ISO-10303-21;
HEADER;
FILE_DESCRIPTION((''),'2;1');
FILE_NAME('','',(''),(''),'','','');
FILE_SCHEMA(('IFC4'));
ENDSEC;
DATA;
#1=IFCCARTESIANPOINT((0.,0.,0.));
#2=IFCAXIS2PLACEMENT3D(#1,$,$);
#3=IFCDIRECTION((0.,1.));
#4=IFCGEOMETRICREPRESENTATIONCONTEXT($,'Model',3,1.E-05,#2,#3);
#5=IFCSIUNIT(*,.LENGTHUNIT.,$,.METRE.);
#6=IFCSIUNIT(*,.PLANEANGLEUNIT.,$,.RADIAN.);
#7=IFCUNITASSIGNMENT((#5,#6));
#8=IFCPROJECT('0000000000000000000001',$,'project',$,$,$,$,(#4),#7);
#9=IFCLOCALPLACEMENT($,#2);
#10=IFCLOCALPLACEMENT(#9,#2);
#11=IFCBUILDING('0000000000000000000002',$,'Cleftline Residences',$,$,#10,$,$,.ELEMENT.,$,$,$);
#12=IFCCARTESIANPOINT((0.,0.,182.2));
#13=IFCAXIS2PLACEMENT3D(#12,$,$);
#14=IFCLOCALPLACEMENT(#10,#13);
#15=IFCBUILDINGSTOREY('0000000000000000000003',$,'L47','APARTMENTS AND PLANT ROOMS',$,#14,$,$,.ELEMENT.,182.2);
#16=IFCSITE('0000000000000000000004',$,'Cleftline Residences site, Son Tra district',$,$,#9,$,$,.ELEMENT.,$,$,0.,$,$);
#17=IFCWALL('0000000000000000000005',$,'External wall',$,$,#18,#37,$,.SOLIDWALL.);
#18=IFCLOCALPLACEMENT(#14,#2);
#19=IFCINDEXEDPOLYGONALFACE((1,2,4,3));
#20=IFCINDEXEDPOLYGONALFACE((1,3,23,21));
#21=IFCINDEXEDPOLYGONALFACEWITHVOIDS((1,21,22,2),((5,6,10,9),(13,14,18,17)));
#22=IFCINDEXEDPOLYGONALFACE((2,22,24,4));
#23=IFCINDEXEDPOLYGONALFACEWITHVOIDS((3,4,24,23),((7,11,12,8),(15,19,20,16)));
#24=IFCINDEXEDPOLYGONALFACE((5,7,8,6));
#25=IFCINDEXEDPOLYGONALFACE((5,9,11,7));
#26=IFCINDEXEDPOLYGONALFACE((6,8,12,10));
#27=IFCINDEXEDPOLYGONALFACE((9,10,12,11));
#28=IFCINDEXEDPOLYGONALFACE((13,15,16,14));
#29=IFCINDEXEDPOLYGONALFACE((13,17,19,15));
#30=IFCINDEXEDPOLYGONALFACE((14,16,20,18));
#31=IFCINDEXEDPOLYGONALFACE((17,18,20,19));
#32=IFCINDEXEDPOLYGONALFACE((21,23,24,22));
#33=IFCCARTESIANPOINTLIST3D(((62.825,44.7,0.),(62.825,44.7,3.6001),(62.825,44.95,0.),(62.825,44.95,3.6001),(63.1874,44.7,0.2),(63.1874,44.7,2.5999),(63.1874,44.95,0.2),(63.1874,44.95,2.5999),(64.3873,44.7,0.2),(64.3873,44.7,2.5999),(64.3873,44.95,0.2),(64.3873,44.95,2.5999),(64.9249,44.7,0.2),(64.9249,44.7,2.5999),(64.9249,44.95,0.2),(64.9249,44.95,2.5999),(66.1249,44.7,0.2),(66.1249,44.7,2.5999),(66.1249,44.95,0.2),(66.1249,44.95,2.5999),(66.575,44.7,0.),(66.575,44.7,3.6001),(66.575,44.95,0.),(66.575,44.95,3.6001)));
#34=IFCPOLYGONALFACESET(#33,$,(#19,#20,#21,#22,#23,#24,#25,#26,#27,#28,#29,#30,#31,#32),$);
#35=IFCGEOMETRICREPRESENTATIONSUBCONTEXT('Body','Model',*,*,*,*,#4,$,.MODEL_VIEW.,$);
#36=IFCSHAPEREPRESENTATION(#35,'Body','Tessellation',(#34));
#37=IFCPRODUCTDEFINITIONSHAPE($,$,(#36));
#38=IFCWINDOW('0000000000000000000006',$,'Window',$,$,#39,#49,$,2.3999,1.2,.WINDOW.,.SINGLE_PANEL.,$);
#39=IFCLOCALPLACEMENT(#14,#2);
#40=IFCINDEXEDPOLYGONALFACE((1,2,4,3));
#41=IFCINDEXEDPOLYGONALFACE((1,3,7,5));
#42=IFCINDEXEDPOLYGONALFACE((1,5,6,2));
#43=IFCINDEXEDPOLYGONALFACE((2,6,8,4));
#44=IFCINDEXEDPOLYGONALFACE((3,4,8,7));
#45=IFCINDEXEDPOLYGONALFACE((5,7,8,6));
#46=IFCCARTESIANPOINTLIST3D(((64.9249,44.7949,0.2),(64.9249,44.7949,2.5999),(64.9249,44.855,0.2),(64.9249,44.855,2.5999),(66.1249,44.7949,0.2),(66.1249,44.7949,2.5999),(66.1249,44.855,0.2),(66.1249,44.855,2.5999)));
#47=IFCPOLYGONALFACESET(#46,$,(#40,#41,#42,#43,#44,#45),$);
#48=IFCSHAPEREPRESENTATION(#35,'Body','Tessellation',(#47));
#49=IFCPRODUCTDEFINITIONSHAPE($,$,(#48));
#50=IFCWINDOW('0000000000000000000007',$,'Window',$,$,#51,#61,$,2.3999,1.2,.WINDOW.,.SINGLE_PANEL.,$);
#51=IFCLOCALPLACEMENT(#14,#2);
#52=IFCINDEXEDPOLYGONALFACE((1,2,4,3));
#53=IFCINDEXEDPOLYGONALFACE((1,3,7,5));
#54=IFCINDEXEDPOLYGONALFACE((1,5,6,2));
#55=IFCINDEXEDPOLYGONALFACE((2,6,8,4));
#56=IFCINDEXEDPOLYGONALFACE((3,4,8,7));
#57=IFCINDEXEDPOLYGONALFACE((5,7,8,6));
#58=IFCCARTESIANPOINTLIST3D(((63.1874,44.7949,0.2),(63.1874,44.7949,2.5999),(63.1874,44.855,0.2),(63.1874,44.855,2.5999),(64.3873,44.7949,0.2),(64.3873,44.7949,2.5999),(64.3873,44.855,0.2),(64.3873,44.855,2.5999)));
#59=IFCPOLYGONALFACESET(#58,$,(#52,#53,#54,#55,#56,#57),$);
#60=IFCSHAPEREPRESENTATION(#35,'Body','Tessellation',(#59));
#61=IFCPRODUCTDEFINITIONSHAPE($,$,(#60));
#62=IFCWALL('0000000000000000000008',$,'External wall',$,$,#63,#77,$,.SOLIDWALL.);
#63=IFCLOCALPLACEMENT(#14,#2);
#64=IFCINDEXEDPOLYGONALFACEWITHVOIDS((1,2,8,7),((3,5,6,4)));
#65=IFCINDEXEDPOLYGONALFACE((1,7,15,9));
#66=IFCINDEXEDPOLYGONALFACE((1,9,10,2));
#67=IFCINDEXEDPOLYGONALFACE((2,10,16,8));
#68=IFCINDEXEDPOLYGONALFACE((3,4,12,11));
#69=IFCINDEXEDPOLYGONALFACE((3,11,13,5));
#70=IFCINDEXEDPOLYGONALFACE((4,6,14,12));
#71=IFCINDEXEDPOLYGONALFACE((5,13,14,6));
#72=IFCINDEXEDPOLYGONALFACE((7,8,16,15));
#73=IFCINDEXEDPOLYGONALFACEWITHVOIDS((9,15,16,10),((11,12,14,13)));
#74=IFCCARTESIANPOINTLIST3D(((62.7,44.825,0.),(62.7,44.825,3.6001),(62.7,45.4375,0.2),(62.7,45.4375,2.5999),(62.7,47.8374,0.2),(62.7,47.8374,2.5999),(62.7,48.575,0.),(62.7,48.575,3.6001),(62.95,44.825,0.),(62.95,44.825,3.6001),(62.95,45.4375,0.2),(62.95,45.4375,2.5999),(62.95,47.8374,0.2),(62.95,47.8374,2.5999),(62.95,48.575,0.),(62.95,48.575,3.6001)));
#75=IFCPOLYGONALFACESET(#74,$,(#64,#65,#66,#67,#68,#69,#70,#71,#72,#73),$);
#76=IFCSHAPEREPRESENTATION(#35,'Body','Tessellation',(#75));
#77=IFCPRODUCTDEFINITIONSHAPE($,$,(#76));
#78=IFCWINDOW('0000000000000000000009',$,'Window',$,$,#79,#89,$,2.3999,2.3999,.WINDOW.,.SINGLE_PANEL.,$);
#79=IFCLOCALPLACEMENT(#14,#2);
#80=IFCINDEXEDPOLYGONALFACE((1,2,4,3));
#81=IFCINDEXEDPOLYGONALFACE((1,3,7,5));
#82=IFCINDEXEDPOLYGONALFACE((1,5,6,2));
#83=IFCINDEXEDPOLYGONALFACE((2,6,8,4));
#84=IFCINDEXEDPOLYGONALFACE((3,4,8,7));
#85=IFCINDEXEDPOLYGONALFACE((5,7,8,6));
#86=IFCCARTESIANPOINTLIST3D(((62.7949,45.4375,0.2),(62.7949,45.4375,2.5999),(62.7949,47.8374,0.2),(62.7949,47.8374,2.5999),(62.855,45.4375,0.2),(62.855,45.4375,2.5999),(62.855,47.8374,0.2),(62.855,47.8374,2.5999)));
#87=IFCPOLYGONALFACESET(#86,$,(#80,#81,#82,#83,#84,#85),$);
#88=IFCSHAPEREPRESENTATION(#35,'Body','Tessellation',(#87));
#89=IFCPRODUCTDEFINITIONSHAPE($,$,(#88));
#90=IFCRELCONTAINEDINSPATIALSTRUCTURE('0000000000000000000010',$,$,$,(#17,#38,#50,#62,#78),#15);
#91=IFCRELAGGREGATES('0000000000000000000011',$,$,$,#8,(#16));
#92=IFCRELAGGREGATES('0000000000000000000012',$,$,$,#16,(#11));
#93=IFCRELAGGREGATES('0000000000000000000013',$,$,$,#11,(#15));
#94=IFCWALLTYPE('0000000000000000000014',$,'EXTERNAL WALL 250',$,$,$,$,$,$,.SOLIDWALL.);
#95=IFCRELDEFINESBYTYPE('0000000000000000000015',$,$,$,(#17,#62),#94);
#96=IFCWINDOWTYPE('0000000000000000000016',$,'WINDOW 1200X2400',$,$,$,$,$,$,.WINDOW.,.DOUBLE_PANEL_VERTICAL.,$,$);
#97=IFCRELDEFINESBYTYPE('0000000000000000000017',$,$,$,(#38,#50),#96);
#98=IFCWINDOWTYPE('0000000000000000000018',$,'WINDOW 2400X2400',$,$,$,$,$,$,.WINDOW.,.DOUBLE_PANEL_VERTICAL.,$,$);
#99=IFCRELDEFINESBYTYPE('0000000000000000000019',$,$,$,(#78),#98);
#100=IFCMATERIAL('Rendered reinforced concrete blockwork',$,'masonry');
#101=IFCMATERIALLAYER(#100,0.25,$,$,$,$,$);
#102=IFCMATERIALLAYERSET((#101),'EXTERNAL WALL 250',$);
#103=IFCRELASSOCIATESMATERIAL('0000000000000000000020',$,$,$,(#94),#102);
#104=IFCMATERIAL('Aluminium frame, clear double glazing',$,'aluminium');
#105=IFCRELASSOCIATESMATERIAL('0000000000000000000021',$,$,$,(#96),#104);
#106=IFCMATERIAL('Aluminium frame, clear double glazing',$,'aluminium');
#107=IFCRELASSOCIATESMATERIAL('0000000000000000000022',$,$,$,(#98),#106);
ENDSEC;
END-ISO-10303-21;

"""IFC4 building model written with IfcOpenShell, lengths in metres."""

from ifc_helpers import new_model, si_unit, direction, frame, frame_2d, origin, place, context, subcontext, project, spatial, rectangle, extrude, material, layer, layer_set, type_object, element, fill, save


model = new_model("IFC4")

# Units and contexts
model_context = context("Model", 3, precision=1e-05, world=origin(), true_north=direction((0.0, 1.0)))
body_context = subcontext(model_context, "Body", "Model", "MODEL_VIEW")
ifc_project = project(units=[si_unit("LENGTHUNIT", "METRE"), si_unit("PLANEANGLEUNIT", "RADIAN")], contexts=[model_context])

# Site, building, storey
site_placement = place(None, origin())
site = spatial("IfcSite", under=ifc_project, at=site_placement, Name="Cleftline Residences site, Son Tra district", CompositionType="ELEMENT", RefElevation=0.0)
building_placement = place(site_placement, origin())
building = spatial("IfcBuilding", under=site, at=building_placement, Name="Cleftline Residences", CompositionType="ELEMENT")
storey_placement = place(building_placement, frame((0.0, 0.0, 182.2)))
storey = spatial("IfcBuildingStorey", under=building, at=storey_placement, Name="L47", Description="APARTMENTS AND PLANT ROOMS", CompositionType="ELEMENT", Elevation=182.2)

# Wall, openings, windows
ifc_material_1 = material(Name="Rendered reinforced concrete blockwork", Category="masonry")
ifc_layer_1 = layer(ifc_material_1, 0.25)
ifc_layer_set_1 = layer_set([ifc_layer_1], Name="EXTERNAL WALL 250")
wall_type_1 = type_object("IfcWallType", Name="EXTERNAL WALL 250", PredefinedType="SOLIDWALL", material=ifc_layer_set_1)
wall_1_placement = place(storey_placement, frame((66.575, 44.825, 0.0), z_axis=(0.0, 0.0, 1.0), x_axis=(-1.0, 0.0, 0.0)))
wall_1 = element("IfcWall", 1, at=wall_1_placement, inside=storey, type_object=wall_type_1, Name="External wall", PredefinedType="SOLIDWALL", context=body_context, shape_type="SweptSolid", body=[
    extrude(rectangle(XDim=3.75, YDim=0.25, at=frame_2d((1.875, 0.0))), origin(), (0.0, 0.0, 1.0), 3.6001),
])
opening_1_placement = place(wall_1_placement, frame((0.45, 0.0, 0.2)))
opening_1 = element("IfcOpeningElement", 2, at=opening_1_placement, cuts=wall_1, PredefinedType="OPENING", context=body_context, shape_type="SweptSolid", body=[
    extrude(rectangle(XDim=1.2, YDim=2.3999, at=frame_2d((0.6001, 1.2))), frame((0.0, 0.135, 0.0), z_axis=(0.0, -1.0, 0.0), x_axis=(1.0, 0.0, 0.0)), (0.0, 0.0, 1.0), 0.27),
])
opening_2_placement = place(wall_1_placement, frame((2.1875, 0.0, 0.2)))
opening_2 = element("IfcOpeningElement", 3, at=opening_2_placement, cuts=wall_1, PredefinedType="OPENING", context=body_context, shape_type="SweptSolid", body=[
    extrude(rectangle(XDim=1.2, YDim=2.3999, at=frame_2d((0.6001, 1.2))), frame((0.0, 0.135, 0.0), z_axis=(0.0, -1.0, 0.0), x_axis=(1.0, 0.0, 0.0)), (0.0, 0.0, 1.0), 0.27),
])
ifc_material_2 = material(Name="Aluminium frame, clear double glazing", Category="aluminium")
window_type_1 = type_object("IfcWindowType", Name="WINDOW 1200X2400", PartitioningType="DOUBLE_PANEL_VERTICAL", PredefinedType="WINDOW", material=ifc_material_2)
window_1_placement = place(opening_1_placement, origin())
window_1 = element("IfcWindow", 4, at=window_1_placement, inside=storey, type_object=window_type_1, Name="Window", OverallHeight=2.3999, OverallWidth=1.2, PartitioningType="SINGLE_PANEL", PredefinedType="WINDOW", context=body_context, shape_type="SweptSolid", body=[
    extrude(rectangle(XDim=1.2, YDim=2.3999, at=frame_2d((0.6001, 1.2))), frame((0.0, 0.03, 0.0), z_axis=(0.0, -1.0, 0.0), x_axis=(1.0, 0.0, 0.0)), (0.0, 0.0, 1.0), 0.0601),
])
fill(opening_1, window_1)
window_2_placement = place(opening_2_placement, origin())
window_2 = element("IfcWindow", 5, at=window_2_placement, inside=storey, type_object=window_type_1, Name="Window", OverallHeight=2.3999, OverallWidth=1.2, PartitioningType="SINGLE_PANEL", PredefinedType="WINDOW", context=body_context, shape_type="SweptSolid", body=[
    extrude(rectangle(XDim=1.2, YDim=2.3999, at=frame_2d((0.6001, 1.2))), frame((0.0, 0.03, 0.0), z_axis=(0.0, -1.0, 0.0), x_axis=(1.0, 0.0, 0.0)), (0.0, 0.0, 1.0), 0.0601),
])
fill(opening_2, window_2)

# Wall, opening, window
wall_2_placement = place(storey_placement, frame((62.825, 44.825, 0.0), z_axis=(0.0, 0.0, 1.0), x_axis=(0.0, 1.0, 0.0)))
wall_2 = element("IfcWall", 6, at=wall_2_placement, inside=storey, type_object=wall_type_1, Name="External wall", PredefinedType="SOLIDWALL", context=body_context, shape_type="SweptSolid", body=[
    extrude(rectangle(XDim=3.75, YDim=0.25, at=frame_2d((1.875, 0.0))), origin(), (0.0, 0.0, 1.0), 3.6001),
])
opening_3_placement = place(wall_2_placement, frame((0.6125, 0.0, 0.2)))
opening_3 = element("IfcOpeningElement", 7, at=opening_3_placement, cuts=wall_2, PredefinedType="OPENING", context=body_context, shape_type="SweptSolid", body=[
    extrude(rectangle(XDim=2.3999, YDim=2.3999, at=frame_2d((1.2, 1.2))), frame((0.0, 0.135, 0.0), z_axis=(0.0, -1.0, 0.0), x_axis=(1.0, 0.0, 0.0)), (0.0, 0.0, 1.0), 0.27),
])
ifc_material_3 = material(Name="Aluminium frame, clear double glazing", Category="aluminium")
window_type_2 = type_object("IfcWindowType", Name="WINDOW 2400X2400", PartitioningType="DOUBLE_PANEL_VERTICAL", PredefinedType="WINDOW", material=ifc_material_3)
window_3_placement = place(opening_3_placement, origin())
window_3 = element("IfcWindow", 8, at=window_3_placement, inside=storey, type_object=window_type_2, Name="Window", OverallHeight=2.3999, OverallWidth=2.3999, PartitioningType="SINGLE_PANEL", PredefinedType="WINDOW", context=body_context, shape_type="SweptSolid", body=[
    extrude(rectangle(XDim=2.3999, YDim=2.3999, at=frame_2d((1.2, 1.2))), frame((0.0, 0.03, 0.0), z_axis=(0.0, -1.0, 0.0), x_axis=(1.0, 0.0, 0.0)), (0.0, 0.0, 1.0), 0.0601),
])
fill(opening_3, window_3)

save(model, "model.ifc")
